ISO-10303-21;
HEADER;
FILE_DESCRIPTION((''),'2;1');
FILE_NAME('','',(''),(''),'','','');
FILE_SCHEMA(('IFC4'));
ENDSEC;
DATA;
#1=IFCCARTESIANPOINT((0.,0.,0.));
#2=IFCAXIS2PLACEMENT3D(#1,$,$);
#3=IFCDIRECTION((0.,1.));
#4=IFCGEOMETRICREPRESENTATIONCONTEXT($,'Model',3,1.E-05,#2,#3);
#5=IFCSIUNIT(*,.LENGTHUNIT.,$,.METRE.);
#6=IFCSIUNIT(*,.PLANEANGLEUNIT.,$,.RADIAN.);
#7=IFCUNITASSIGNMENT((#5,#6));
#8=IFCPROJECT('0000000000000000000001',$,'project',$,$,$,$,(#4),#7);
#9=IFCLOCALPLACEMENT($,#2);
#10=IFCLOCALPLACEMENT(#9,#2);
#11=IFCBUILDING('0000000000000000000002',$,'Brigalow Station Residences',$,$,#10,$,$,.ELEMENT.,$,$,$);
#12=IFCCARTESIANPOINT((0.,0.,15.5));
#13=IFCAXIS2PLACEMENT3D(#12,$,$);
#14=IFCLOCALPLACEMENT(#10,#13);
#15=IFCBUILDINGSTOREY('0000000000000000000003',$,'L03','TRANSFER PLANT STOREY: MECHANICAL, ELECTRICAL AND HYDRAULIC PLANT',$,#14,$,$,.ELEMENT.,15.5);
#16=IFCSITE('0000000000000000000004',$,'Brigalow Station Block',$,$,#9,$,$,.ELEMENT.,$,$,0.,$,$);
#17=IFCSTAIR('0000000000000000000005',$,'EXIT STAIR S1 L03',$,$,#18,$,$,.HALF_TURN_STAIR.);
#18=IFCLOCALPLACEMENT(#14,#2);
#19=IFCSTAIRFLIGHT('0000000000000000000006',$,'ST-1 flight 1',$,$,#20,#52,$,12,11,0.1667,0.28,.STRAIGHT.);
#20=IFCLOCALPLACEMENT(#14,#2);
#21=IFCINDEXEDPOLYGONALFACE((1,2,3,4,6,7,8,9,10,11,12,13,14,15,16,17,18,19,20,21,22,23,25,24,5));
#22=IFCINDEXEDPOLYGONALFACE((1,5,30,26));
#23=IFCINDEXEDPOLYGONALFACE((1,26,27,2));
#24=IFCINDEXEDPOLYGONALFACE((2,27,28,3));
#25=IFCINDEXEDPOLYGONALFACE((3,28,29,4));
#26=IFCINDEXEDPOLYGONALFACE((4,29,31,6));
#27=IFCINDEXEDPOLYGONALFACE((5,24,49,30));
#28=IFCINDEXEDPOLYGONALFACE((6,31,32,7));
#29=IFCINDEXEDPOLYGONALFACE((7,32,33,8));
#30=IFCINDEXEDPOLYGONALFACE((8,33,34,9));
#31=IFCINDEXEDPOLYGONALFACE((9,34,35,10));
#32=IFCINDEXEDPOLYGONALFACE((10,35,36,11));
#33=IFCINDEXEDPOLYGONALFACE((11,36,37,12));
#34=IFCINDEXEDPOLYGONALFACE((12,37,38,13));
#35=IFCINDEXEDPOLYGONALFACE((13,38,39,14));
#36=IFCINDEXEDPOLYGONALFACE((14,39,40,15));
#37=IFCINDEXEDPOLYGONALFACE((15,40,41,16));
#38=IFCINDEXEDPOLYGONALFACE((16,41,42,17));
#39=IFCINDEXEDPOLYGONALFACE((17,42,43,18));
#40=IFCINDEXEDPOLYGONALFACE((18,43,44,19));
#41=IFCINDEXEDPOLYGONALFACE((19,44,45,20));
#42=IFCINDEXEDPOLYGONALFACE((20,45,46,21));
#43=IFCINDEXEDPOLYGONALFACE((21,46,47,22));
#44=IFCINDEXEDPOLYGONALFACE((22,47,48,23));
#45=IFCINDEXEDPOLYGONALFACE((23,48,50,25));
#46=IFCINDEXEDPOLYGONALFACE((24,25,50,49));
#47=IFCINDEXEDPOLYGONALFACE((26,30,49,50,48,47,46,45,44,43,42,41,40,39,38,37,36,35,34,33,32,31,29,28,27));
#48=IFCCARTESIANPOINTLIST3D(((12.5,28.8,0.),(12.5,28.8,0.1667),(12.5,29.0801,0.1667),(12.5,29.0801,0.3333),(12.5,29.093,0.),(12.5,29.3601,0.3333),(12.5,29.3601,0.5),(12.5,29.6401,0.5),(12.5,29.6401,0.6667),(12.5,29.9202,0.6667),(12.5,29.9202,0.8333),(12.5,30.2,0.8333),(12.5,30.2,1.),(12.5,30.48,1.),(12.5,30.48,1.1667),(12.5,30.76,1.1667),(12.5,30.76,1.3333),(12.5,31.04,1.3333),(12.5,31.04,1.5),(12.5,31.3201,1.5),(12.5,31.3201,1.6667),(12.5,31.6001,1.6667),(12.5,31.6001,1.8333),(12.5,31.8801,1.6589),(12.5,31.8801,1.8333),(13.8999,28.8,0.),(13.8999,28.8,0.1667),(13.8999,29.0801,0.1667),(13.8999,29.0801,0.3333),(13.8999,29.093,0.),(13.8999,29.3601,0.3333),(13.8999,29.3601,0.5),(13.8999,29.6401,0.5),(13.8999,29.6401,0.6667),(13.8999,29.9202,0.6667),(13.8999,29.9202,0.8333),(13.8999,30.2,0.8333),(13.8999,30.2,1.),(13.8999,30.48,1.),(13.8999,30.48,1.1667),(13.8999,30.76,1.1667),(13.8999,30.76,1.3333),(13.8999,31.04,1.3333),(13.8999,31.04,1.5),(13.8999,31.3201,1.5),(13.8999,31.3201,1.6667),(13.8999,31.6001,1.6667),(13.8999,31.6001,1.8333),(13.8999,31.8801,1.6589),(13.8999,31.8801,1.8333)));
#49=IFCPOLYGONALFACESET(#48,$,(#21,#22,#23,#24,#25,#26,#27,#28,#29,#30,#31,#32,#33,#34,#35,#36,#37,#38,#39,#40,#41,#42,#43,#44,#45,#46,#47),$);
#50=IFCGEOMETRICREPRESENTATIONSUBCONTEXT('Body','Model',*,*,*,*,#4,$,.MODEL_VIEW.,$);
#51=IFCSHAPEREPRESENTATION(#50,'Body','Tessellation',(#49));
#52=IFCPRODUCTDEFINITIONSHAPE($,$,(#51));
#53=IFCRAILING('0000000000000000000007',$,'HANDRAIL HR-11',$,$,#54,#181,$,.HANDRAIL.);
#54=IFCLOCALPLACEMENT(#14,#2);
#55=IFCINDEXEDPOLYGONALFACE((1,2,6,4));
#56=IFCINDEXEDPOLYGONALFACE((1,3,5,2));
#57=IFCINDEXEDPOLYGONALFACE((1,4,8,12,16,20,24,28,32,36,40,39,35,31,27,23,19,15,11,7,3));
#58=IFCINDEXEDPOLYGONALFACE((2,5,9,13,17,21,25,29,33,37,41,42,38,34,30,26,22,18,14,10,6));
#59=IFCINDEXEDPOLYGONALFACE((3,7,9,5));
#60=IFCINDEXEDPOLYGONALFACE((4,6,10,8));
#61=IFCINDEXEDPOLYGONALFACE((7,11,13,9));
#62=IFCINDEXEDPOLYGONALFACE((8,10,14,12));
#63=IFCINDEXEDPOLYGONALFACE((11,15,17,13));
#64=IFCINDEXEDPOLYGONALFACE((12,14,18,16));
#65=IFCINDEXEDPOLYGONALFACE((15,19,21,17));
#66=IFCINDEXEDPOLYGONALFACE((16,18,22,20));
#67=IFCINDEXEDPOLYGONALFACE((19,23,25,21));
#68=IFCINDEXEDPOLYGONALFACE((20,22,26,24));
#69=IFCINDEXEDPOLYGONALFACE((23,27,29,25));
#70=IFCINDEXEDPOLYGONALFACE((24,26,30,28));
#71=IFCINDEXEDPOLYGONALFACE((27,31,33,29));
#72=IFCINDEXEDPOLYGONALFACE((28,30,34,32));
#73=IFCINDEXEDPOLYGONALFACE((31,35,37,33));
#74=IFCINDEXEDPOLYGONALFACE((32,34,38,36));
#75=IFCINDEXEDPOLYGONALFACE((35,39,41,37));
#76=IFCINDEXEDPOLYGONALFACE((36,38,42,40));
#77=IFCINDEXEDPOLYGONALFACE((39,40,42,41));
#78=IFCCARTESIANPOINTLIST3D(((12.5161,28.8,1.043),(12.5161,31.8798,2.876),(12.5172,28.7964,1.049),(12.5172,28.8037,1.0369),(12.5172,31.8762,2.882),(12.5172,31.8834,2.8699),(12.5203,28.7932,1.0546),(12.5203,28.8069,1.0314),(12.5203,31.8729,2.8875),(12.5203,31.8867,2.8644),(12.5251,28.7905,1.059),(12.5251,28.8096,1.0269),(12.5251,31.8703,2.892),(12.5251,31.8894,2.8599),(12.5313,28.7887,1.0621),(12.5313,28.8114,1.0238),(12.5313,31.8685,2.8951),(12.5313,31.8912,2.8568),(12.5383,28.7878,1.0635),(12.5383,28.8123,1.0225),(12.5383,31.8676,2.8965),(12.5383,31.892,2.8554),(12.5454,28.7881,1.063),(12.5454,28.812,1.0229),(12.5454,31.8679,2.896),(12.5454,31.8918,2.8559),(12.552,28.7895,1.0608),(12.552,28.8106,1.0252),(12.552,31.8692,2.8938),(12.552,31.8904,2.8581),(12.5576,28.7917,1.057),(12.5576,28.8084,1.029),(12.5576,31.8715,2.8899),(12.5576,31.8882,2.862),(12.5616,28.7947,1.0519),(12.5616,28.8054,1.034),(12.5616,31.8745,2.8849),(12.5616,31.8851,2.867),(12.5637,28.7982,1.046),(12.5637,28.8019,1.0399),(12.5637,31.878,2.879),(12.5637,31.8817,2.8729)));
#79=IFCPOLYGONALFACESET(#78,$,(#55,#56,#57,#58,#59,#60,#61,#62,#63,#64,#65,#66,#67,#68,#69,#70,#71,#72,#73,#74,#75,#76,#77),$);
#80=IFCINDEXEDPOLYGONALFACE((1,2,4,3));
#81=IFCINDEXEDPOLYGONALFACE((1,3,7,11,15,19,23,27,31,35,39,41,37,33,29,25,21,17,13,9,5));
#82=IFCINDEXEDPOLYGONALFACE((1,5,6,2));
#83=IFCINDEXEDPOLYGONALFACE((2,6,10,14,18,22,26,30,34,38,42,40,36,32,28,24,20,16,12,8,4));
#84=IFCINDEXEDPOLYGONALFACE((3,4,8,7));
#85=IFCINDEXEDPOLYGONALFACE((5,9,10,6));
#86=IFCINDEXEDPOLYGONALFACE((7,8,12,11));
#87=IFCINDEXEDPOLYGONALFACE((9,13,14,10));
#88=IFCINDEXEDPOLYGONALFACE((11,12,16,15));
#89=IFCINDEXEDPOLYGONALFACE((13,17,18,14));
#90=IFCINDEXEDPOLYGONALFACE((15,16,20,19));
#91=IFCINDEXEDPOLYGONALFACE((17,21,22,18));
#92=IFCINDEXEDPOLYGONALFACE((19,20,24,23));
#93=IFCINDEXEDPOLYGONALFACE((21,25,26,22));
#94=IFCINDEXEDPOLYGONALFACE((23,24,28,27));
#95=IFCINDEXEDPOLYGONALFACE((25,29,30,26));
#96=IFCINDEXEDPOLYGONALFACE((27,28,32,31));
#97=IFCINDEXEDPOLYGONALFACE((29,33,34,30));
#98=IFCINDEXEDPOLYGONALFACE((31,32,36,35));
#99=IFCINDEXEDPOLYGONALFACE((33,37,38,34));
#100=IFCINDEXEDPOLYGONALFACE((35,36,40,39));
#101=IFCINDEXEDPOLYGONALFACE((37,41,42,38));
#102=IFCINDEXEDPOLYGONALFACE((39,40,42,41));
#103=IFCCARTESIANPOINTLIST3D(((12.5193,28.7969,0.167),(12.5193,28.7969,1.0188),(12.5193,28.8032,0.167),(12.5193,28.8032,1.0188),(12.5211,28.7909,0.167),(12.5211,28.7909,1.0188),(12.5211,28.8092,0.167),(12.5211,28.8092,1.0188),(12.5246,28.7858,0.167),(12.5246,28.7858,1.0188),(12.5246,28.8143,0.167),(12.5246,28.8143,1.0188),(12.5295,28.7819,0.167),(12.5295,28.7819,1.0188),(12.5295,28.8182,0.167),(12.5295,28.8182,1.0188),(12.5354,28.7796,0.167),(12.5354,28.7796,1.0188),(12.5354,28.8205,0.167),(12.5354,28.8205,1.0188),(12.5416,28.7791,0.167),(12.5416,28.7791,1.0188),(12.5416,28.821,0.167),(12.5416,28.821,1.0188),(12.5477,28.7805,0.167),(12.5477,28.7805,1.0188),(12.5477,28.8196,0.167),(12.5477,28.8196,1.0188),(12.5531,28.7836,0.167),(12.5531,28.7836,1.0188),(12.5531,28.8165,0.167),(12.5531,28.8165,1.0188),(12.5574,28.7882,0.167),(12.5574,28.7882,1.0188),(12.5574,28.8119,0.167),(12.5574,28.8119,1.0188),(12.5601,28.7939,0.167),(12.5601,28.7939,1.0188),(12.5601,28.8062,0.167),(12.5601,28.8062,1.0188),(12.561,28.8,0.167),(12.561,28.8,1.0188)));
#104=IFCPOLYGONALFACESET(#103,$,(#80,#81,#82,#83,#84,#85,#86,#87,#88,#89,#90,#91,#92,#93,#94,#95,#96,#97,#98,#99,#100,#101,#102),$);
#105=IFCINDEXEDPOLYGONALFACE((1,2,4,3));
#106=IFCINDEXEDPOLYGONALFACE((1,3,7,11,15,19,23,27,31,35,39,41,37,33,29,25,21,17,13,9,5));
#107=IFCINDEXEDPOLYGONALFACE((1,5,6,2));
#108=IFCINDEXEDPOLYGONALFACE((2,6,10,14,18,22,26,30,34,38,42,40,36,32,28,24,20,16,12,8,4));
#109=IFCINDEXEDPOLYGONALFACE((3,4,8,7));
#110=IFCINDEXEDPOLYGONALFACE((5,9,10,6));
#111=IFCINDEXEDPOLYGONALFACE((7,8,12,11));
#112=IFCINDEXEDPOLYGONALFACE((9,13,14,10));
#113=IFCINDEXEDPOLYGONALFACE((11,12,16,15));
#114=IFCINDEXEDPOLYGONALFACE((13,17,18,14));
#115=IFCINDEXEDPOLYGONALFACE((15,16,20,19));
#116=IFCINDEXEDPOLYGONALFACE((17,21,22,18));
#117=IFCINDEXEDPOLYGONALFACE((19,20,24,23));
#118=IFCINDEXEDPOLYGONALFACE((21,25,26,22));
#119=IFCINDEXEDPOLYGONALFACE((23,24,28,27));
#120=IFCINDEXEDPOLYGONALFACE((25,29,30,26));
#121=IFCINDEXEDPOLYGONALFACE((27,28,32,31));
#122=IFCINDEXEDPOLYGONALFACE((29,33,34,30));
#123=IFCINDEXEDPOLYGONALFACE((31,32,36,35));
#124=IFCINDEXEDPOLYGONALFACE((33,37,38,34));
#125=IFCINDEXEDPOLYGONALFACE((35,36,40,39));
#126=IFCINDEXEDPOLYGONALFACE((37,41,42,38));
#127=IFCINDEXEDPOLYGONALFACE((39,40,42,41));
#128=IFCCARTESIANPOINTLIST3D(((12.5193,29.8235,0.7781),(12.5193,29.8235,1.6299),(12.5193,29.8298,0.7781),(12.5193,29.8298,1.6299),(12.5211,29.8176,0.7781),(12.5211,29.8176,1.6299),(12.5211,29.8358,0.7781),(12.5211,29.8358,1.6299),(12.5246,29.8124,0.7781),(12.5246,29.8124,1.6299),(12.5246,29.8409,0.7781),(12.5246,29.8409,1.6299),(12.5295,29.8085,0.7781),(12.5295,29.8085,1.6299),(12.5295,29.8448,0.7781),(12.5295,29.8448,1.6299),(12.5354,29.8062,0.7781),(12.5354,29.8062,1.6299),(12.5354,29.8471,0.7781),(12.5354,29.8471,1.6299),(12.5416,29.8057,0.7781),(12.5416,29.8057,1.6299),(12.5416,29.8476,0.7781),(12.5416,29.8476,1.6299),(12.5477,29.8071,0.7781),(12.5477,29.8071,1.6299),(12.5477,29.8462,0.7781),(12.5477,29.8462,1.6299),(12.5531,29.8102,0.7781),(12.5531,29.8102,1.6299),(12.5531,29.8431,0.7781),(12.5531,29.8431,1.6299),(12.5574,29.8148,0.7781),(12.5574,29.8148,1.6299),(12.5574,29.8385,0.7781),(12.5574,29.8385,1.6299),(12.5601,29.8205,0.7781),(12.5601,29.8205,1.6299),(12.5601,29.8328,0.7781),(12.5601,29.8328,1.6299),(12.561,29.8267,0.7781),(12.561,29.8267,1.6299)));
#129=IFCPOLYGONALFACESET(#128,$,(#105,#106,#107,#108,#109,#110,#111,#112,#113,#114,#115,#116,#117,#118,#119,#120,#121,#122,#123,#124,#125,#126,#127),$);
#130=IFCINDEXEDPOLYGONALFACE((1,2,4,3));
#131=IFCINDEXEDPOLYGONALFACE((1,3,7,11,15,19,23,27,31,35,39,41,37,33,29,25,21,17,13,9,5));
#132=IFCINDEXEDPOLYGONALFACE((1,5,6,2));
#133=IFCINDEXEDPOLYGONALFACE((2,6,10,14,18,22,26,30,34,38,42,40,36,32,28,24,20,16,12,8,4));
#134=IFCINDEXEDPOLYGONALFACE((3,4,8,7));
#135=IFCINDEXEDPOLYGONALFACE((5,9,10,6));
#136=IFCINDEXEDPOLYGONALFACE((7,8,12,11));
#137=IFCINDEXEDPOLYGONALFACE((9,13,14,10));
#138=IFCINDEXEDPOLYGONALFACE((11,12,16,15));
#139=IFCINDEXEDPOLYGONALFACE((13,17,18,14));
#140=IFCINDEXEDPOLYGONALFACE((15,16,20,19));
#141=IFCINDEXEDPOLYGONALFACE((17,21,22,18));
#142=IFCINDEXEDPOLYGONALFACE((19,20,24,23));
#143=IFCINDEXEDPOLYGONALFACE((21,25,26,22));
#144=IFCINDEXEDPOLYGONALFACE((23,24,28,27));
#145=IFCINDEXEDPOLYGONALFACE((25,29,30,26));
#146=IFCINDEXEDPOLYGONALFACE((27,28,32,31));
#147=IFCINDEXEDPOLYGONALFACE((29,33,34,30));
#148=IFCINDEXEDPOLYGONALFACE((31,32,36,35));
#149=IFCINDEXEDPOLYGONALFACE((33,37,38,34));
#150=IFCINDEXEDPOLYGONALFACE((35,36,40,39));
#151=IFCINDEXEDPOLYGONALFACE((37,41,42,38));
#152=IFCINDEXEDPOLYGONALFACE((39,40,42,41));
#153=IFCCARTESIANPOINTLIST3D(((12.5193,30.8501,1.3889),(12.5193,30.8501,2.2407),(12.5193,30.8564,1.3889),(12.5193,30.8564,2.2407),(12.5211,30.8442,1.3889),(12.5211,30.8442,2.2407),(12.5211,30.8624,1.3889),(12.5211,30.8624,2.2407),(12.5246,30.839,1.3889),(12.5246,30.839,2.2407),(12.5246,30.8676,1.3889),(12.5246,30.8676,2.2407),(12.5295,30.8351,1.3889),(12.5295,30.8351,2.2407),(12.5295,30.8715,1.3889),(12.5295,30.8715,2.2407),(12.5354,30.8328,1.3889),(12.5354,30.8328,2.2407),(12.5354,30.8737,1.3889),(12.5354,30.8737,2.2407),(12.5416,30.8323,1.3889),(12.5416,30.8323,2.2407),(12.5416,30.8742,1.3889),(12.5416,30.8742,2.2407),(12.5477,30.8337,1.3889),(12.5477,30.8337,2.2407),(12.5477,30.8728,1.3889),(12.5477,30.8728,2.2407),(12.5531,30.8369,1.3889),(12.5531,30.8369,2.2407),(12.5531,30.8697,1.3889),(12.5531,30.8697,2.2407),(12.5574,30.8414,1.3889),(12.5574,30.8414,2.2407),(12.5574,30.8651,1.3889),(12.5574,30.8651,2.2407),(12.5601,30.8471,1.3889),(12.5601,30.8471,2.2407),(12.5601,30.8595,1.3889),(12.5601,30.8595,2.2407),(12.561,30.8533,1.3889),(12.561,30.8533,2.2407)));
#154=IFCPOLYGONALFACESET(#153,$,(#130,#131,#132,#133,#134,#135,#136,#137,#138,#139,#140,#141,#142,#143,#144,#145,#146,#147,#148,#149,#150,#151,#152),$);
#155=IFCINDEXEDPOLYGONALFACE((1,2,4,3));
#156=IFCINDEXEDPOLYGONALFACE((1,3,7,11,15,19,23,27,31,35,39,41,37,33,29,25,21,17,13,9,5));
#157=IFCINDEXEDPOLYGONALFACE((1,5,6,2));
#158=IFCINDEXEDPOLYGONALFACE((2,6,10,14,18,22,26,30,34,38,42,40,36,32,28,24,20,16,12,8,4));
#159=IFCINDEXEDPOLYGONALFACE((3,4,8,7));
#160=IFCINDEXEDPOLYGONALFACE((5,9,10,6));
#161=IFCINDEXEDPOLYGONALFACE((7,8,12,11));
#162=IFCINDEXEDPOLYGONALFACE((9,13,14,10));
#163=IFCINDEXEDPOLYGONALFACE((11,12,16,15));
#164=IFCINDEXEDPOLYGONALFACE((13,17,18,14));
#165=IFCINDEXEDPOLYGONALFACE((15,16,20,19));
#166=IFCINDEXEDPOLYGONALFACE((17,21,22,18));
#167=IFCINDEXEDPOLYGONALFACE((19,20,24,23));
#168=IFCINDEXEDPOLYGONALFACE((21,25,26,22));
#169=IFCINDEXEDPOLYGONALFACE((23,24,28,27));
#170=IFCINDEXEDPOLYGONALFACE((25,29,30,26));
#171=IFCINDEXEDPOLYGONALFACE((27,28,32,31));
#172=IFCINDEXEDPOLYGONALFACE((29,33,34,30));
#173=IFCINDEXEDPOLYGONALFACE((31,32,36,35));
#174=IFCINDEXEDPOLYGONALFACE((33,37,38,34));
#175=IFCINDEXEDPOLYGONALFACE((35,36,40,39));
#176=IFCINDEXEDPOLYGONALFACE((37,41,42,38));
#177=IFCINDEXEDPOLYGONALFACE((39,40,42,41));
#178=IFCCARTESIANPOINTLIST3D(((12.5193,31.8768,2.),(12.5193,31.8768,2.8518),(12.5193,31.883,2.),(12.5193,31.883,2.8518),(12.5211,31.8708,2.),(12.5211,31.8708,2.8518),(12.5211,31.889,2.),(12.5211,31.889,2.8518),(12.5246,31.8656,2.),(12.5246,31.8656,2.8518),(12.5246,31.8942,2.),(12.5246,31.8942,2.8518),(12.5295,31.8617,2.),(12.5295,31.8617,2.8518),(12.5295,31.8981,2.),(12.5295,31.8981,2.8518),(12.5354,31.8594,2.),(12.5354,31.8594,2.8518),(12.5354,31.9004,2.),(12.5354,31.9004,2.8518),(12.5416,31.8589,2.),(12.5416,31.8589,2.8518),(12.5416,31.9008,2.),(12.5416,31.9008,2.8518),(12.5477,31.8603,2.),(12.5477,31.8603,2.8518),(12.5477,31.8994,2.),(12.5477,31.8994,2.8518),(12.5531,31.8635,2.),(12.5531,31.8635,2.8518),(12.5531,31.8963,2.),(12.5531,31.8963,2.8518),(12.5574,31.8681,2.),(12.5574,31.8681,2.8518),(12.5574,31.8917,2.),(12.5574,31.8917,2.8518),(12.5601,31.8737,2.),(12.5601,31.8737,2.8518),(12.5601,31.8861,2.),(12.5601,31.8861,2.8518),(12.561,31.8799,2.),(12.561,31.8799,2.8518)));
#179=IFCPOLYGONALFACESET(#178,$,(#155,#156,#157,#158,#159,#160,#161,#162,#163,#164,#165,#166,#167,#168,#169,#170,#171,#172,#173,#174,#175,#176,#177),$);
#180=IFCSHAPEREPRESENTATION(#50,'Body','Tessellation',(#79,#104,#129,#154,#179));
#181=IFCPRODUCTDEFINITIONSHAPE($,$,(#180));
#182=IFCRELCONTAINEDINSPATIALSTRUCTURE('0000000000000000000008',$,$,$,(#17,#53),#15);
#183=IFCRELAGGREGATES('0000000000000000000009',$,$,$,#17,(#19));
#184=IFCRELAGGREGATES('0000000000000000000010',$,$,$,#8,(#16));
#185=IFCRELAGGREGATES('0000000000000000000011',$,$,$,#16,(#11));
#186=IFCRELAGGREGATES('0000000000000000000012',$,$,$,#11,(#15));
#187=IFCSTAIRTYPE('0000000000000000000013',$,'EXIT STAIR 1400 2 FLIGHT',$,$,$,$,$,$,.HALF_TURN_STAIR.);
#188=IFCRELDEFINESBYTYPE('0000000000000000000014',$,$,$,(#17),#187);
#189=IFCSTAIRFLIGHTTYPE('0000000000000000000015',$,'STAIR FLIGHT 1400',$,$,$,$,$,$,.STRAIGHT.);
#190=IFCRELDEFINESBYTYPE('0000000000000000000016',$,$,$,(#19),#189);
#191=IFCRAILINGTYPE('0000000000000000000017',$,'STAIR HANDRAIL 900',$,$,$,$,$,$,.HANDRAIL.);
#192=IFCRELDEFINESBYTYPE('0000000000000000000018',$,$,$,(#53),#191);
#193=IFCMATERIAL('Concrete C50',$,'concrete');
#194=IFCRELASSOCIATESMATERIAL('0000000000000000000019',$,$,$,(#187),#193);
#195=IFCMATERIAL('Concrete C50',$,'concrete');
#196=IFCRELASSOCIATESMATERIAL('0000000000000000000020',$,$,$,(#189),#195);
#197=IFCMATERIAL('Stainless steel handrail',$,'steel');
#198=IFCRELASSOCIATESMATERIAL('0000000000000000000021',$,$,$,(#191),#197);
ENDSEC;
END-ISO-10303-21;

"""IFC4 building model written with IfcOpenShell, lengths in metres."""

from ifc_helpers import new_model, si_unit, direction, frame, origin, origin_2d, place, context, subcontext, project, spatial, polyline, circle, outline, extrude, material, type_object, element, aggregate, save


model = new_model("IFC4")

# Units and contexts
model_context = context("Model", 3, precision=1e-05, world=origin(), true_north=direction((0.0, 1.0)))
body_context = subcontext(model_context, "Body", "Model", "MODEL_VIEW")
ifc_project = project(units=[si_unit("LENGTHUNIT", "METRE"), si_unit("PLANEANGLEUNIT", "RADIAN")], contexts=[model_context])

# Site, building, storey
site_placement = place(None, origin())
site = spatial("IfcSite", under=ifc_project, at=site_placement, Name="Brigalow Station Block", CompositionType="ELEMENT", RefElevation=0.0)
building_placement = place(site_placement, origin())
building = spatial("IfcBuilding", under=site, at=building_placement, Name="Brigalow Station Residences", CompositionType="ELEMENT")
storey_placement = place(building_placement, frame((0.0, 0.0, 15.5)))
storey = spatial("IfcBuildingStorey", under=building, at=storey_placement, Name="L03", Description="TRANSFER PLANT STOREY: MECHANICAL, ELECTRICAL AND HYDRAULIC PLANT", CompositionType="ELEMENT", Elevation=15.5)

# Stair, stair flight
ifc_material_1 = material(Name="Concrete C50", Category="concrete")
stair_type = type_object("IfcStairType", Name="EXIT STAIR 1400 2 FLIGHT", PredefinedType="HALF_TURN_STAIR", material=ifc_material_1)
stair_placement = place(storey_placement, origin())
stair = element("IfcStair", 1, at=stair_placement, inside=storey, type_object=stair_type, Name="EXIT STAIR S1 L03", PredefinedType="HALF_TURN_STAIR")
ifc_material_2 = material(Name="Concrete C50", Category="concrete")
stair_flight_type = type_object("IfcStairFlightType", Name="STAIR FLIGHT 1400", PredefinedType="STRAIGHT", material=ifc_material_2)
stair_flight_placement = place(storey_placement, frame((13.2, 28.8, 0.0), z_axis=(0.0, 0.0, 1.0), x_axis=(0.0, 1.0, 0.0)))
stair_flight = element("IfcStairFlight", 2, at=stair_flight_placement, type_object=stair_flight_type, Name="ST-1 flight 1", NumberOfRisers=12, NumberOfTreads=11, PredefinedType="STRAIGHT", RiserHeight=0.1667, TreadLength=0.28, context=body_context, shape_type="SweptSolid", body=[
    extrude(outline(polyline([(0.0, 0.0), (0.0, 0.1667), (0.28, 0.1667), (0.28, 0.3333), (0.5601, 0.3333), (0.5601, 0.5), (0.8401, 0.5), (0.8401, 0.6667), (1.1201, 0.6667), (1.1201, 0.8333), (1.3999, 0.8333), (1.3999, 1.0), (1.6799, 1.0), (1.6799, 1.1667), (1.96, 1.1667), (1.96, 1.3333), (2.24, 1.3333), (2.24, 1.5), (2.52, 1.5), (2.52, 1.6667), (2.8, 1.6667), (2.8, 1.8333), (3.0801, 1.8333), (3.0801, 2.0), (3.0801, 1.6589), (0.293, 0.0), (0.0, 0.0)])), frame((0.0, 0.7, 0.0), z_axis=(0.0, -1.0, 0.0), x_axis=(1.0, 0.0, 0.0)), (0.0, 0.0, 1.0), 1.3999),
])
aggregate(stair, [stair_flight])

# Railing
ifc_material_3 = material(Name="Stainless steel handrail", Category="steel")
railing_type_1 = type_object("IfcRailingType", Name="STAIR HANDRAIL 900", PredefinedType="HANDRAIL", material=ifc_material_3)
railing_1_placement = place(storey_placement, frame((12.54, 28.8, 0.167)))
element("IfcRailing", 3, at=railing_1_placement, inside=storey, type_object=railing_type_1, Name="HANDRAIL HR-11", PredefinedType="HANDRAIL", context=body_context, shape_type="SweptSolid", body=[
    extrude(circle(Radius=0.0239, at=origin_2d()), frame((0.0, 0.0, 0.876), z_axis=(0.0, 0.859321, 0.511437), x_axis=(-1.0, 0.0, 0.0)), (0.0, 0.0, 1.0), 3.584),
    extrude(circle(Radius=0.021, at=origin_2d()), origin(), (0.0, 0.0, 1.0), 0.8518),
    extrude(circle(Radius=0.021, at=origin_2d()), frame((0.0, 1.0266, 0.6111)), (0.0, 0.0, 1.0), 0.8518),
    extrude(circle(Radius=0.021, at=origin_2d()), frame((0.0, 2.0532, 1.2219)), (0.0, 0.0, 1.0), 0.8518),
    extrude(circle(Radius=0.021, at=origin_2d()), frame((0.0, 3.0798, 1.833)), (0.0, 0.0, 1.0), 0.8518),
])

save(model, "model.ifc")
